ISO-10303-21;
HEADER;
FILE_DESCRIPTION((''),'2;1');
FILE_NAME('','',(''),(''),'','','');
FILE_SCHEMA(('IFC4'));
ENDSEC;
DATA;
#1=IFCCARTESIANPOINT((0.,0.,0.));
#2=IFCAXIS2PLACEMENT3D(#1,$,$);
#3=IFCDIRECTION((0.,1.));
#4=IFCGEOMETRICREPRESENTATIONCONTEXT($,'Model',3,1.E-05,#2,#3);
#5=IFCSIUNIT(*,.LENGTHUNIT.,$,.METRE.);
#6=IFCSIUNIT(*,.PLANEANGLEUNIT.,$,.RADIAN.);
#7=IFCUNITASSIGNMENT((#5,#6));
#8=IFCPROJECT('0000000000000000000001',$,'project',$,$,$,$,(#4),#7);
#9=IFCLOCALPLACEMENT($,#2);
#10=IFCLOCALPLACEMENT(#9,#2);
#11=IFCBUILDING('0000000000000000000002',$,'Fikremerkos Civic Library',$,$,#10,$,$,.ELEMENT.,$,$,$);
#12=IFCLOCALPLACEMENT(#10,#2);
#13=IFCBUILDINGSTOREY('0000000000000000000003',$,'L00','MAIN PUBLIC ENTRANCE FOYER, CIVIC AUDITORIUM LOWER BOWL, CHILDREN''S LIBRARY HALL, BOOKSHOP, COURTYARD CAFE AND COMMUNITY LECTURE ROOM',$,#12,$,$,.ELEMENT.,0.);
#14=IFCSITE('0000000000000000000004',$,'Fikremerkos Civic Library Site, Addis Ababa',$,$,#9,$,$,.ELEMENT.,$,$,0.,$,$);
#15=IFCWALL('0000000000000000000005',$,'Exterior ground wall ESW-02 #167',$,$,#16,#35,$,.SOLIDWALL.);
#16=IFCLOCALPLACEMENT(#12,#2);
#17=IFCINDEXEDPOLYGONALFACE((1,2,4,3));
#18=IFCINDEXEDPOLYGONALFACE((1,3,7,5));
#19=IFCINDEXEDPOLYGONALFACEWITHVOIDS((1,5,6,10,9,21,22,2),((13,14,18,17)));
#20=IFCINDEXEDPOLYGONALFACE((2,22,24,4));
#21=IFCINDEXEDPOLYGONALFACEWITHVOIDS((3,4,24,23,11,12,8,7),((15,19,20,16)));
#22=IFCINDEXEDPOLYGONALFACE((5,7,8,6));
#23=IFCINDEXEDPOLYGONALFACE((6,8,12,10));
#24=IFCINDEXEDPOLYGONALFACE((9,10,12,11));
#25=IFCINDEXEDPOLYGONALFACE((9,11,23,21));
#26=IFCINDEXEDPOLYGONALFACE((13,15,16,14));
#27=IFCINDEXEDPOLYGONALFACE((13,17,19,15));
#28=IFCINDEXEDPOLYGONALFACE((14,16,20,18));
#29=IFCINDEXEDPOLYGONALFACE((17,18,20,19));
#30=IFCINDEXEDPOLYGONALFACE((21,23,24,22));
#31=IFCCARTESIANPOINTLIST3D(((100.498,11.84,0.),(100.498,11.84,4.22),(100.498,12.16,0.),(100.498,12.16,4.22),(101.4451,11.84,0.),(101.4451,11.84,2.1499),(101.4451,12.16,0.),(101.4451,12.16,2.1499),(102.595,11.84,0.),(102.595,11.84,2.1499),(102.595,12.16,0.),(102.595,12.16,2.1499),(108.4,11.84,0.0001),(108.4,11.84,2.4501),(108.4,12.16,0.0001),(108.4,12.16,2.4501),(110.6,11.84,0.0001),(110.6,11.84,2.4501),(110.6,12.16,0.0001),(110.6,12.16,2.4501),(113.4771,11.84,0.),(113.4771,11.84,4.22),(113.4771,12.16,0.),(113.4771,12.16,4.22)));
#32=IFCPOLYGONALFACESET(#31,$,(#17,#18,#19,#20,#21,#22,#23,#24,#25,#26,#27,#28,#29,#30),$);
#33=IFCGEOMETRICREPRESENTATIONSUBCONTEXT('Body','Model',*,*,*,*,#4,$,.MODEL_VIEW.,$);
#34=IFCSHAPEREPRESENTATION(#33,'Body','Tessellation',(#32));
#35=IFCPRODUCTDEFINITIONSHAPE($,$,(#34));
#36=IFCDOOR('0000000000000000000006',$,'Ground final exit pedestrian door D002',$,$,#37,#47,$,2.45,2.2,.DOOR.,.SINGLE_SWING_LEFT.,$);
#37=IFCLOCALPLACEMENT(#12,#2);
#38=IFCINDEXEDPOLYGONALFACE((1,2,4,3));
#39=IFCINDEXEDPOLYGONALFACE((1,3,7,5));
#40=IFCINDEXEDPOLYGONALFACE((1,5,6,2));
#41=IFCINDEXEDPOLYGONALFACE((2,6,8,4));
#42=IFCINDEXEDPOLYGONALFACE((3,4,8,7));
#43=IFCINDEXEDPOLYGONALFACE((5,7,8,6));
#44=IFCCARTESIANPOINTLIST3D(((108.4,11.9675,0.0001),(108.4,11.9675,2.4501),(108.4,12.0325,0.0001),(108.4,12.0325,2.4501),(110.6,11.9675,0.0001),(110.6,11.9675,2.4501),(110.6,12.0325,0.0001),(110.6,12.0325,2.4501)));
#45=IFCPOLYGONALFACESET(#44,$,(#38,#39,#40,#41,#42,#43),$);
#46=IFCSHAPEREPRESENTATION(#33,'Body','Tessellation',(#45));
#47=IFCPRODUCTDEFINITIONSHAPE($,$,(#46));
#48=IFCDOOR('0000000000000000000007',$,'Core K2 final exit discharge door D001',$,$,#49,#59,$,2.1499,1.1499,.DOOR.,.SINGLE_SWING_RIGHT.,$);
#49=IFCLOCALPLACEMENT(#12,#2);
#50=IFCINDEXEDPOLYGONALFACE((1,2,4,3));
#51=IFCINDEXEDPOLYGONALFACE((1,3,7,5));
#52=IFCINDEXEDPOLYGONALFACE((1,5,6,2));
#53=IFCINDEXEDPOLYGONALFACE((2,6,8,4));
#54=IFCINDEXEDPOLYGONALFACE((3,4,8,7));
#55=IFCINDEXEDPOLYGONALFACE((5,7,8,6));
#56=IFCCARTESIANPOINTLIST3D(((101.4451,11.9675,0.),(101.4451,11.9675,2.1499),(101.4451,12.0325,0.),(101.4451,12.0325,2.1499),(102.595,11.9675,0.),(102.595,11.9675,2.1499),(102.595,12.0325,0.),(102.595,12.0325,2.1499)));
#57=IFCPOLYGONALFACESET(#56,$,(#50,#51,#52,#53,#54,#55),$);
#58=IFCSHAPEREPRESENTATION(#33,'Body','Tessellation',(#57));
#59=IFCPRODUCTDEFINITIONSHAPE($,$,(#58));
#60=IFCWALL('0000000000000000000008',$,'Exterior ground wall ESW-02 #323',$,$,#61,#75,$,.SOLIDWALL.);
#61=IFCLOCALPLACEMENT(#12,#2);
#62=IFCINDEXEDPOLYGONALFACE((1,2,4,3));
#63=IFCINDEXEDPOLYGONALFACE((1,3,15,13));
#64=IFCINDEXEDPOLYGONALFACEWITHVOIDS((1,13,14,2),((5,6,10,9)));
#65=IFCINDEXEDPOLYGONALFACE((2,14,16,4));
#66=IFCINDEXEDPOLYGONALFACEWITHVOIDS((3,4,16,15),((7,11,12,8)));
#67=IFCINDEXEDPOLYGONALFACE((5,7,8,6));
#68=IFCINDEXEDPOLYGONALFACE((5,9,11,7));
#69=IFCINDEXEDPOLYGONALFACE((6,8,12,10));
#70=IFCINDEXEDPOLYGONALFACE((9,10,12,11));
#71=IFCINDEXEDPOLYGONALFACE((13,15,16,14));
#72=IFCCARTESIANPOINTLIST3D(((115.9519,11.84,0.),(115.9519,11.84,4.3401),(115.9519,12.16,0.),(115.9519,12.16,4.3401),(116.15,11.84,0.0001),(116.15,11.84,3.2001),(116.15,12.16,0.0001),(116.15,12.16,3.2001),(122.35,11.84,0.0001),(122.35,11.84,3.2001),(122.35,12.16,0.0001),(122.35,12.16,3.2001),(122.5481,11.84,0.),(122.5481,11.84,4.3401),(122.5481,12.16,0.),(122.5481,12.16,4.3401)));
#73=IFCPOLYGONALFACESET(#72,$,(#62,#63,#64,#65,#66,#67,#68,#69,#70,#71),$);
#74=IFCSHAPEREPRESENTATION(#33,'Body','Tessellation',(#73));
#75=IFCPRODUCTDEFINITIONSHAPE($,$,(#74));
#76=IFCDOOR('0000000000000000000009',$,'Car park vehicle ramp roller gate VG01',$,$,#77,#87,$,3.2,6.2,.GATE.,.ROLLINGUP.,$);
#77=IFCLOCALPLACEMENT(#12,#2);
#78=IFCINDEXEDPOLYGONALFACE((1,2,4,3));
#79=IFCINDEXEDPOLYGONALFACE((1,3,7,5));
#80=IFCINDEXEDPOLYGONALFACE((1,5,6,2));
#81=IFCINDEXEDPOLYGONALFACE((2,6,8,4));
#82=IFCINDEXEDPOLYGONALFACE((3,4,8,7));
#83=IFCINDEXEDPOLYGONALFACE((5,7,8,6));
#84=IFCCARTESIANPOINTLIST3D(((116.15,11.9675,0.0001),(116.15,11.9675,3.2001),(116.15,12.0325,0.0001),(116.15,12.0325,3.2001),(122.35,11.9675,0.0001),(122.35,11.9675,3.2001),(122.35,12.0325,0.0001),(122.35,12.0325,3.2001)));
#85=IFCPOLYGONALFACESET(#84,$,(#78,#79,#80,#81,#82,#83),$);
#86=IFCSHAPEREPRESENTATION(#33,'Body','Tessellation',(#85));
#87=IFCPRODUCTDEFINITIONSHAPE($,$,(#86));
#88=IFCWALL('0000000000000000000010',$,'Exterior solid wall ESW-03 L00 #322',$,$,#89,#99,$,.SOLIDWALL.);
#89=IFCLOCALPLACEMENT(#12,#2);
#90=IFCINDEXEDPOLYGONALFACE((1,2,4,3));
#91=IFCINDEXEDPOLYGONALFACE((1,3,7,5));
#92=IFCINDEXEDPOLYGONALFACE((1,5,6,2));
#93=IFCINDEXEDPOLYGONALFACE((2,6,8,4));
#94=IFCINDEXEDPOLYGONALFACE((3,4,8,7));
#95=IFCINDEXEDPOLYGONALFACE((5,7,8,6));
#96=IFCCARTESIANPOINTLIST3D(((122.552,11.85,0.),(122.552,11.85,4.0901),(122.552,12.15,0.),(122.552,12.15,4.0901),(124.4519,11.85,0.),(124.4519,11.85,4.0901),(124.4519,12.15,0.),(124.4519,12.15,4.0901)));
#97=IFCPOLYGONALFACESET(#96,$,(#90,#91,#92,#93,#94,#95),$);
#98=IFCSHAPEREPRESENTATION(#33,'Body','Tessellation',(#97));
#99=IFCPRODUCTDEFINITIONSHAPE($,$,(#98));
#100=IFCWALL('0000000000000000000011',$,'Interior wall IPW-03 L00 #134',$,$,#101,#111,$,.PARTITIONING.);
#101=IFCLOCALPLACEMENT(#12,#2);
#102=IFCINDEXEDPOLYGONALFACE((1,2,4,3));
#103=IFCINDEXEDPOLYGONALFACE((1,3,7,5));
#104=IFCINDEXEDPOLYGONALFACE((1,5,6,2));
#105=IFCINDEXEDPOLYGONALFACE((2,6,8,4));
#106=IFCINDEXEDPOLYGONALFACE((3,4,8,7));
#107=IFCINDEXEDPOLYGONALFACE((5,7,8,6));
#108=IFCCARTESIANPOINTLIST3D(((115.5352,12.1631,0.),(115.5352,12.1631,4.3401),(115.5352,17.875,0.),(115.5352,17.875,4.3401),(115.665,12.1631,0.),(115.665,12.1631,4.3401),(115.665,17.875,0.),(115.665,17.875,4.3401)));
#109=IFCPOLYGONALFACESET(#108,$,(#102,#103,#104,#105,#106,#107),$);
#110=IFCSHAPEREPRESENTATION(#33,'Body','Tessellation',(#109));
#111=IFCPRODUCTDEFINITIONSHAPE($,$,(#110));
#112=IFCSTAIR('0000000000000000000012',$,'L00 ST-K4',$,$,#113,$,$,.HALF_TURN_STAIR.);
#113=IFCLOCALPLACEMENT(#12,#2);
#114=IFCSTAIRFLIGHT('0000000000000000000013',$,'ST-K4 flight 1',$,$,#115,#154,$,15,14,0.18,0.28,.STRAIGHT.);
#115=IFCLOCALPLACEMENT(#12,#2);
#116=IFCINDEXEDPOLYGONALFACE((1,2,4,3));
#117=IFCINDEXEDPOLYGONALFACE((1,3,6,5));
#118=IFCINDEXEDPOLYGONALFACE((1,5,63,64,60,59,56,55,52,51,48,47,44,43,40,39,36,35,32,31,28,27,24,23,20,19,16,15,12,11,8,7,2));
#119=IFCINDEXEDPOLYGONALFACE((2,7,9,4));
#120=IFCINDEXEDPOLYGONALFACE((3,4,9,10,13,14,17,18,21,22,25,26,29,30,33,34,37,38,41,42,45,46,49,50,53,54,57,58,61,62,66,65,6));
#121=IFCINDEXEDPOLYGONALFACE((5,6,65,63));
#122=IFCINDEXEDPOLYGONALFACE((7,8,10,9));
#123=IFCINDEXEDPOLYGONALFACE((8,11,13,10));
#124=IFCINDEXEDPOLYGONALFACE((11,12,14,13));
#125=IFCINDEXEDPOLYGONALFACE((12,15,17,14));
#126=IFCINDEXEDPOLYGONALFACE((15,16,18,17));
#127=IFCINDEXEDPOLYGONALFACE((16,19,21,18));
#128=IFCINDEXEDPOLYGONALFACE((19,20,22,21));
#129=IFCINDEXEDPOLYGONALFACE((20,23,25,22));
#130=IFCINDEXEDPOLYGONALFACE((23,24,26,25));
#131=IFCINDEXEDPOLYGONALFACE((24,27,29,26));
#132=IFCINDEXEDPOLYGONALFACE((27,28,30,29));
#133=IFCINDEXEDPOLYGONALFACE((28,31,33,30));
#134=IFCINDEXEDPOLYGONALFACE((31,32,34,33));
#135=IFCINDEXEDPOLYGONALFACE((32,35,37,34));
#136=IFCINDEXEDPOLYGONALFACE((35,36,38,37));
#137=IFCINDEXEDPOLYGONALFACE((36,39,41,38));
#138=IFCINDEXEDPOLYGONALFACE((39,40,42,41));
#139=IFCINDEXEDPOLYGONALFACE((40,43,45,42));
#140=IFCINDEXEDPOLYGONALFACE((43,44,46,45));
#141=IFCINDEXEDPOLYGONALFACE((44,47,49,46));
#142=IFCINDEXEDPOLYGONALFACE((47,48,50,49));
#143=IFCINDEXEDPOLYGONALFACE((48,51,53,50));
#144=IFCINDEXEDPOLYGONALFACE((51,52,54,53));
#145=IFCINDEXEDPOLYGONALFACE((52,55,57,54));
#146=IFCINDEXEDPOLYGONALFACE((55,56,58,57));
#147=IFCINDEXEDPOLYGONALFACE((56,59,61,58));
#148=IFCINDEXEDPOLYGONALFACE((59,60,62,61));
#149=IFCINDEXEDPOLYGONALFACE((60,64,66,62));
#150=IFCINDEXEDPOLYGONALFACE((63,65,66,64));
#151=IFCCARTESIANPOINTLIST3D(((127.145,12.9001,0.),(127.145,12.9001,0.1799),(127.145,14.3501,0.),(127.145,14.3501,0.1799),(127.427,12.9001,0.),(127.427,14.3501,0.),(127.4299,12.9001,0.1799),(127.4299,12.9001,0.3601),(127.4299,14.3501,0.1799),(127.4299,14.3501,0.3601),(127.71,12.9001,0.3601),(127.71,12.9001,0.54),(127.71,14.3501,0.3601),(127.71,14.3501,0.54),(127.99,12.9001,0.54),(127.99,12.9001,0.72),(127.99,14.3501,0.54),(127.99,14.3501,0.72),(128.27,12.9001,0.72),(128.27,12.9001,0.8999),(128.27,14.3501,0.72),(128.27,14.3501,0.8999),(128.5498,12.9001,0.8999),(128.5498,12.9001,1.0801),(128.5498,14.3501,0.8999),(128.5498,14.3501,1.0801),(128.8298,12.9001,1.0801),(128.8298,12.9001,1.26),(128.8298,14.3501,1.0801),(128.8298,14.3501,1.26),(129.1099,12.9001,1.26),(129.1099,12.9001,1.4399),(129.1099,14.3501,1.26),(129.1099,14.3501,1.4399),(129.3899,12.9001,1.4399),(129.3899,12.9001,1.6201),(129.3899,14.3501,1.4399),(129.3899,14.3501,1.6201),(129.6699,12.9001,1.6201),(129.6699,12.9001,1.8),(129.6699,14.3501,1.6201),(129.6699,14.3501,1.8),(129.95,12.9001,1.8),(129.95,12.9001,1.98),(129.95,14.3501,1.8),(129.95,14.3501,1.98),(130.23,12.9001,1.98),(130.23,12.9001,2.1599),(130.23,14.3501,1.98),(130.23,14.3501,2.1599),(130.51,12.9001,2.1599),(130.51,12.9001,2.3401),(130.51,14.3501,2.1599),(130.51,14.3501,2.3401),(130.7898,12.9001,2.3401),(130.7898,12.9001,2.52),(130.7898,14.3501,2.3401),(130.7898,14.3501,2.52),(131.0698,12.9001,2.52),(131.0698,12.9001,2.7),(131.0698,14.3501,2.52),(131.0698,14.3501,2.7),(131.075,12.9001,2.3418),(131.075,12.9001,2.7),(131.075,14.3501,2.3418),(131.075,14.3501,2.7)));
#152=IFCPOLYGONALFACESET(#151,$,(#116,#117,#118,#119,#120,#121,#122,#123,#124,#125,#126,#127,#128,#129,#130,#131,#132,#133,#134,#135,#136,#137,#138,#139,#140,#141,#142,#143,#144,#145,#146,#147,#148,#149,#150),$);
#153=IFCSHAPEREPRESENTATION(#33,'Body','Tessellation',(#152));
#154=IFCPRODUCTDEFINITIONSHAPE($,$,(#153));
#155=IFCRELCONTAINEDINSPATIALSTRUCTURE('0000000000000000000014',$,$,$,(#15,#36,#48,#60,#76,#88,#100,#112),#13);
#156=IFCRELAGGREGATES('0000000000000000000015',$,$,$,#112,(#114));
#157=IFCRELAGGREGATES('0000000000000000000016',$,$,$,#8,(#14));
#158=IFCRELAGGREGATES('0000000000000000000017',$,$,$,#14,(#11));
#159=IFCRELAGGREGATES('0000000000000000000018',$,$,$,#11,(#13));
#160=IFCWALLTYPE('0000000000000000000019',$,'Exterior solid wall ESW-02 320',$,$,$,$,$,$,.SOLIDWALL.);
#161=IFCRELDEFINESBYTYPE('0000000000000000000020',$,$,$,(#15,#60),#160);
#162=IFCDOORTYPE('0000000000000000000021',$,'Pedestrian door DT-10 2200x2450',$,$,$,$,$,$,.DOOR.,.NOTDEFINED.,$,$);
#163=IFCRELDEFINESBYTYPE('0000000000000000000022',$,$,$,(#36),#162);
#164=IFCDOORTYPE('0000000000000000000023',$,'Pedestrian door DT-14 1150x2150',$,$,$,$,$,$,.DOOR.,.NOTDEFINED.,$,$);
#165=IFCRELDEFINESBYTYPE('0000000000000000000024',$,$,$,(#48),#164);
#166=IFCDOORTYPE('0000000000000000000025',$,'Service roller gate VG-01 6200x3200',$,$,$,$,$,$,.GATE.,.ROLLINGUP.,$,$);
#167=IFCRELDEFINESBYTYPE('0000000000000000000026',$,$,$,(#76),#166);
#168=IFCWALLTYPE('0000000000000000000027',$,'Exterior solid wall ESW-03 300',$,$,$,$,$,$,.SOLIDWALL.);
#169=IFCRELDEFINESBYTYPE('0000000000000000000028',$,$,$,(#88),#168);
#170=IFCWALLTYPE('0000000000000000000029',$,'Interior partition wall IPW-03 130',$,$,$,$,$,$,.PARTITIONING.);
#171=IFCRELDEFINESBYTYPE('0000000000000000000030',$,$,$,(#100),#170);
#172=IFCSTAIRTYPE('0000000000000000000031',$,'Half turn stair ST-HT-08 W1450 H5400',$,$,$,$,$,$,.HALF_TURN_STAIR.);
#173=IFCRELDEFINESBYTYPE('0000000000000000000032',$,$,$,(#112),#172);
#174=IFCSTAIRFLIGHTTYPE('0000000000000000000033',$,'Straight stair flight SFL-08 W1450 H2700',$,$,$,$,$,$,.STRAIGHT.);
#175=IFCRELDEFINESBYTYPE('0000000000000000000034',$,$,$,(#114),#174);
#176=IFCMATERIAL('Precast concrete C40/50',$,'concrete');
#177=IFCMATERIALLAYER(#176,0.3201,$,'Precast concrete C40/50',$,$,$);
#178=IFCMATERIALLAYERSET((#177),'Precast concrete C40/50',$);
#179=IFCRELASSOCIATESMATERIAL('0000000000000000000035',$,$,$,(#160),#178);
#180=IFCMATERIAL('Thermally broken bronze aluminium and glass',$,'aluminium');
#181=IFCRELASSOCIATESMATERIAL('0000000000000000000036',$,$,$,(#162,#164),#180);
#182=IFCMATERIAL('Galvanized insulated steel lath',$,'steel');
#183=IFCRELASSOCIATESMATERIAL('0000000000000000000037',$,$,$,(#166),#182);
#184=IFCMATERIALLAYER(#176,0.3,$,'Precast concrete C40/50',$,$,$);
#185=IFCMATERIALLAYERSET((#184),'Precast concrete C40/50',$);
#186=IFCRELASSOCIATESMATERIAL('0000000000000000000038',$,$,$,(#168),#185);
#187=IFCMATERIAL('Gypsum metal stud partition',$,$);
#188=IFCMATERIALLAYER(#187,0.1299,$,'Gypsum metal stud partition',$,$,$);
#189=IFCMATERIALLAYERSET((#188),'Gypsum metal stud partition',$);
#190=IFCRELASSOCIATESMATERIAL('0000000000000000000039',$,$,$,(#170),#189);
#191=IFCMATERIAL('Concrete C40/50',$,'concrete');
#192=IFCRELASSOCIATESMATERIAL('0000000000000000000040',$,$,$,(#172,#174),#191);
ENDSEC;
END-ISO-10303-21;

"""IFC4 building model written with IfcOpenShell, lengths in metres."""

from ifc_helpers import new_model, si_unit, direction, frame, frame_2d, origin, place, context, subcontext, project, spatial, polyline, rectangle, outline, extrude, material, layer, layer_set, type_object, element, fill, aggregate, save


model = new_model("IFC4")

# Units and contexts
model_context = context("Model", 3, precision=1e-05, world=origin(), true_north=direction((0.0, 1.0)))
body_context = subcontext(model_context, "Body", "Model", "MODEL_VIEW")
ifc_project = project(units=[si_unit("LENGTHUNIT", "METRE"), si_unit("PLANEANGLEUNIT", "RADIAN")], contexts=[model_context])

# Site, building, storey
site_placement = place(None, origin())
site = spatial("IfcSite", under=ifc_project, at=site_placement, Name="Fikremerkos Civic Library Site, Addis Ababa", CompositionType="ELEMENT", RefElevation=0.0)
building_placement = place(site_placement, origin())
building = spatial("IfcBuilding", under=site, at=building_placement, Name="Fikremerkos Civic Library", CompositionType="ELEMENT")
storey_placement = place(building_placement, origin())
storey = spatial("IfcBuildingStorey", under=building, at=storey_placement, Name="L00", Description="MAIN PUBLIC ENTRANCE FOYER, CIVIC AUDITORIUM LOWER BOWL, CHILDREN'S LIBRARY HALL, BOOKSHOP, COURTYARD CAFE AND COMMUNITY LECTURE ROOM", CompositionType="ELEMENT", Elevation=0.0)

# Shared definitions
ifc_material_1 = material(Name="Concrete C40/50", Category="concrete")

# Shared definitions
ifc_material_2 = material(Name="Precast concrete C40/50", Category="concrete")
ifc_layer_1 = layer(ifc_material_2, 0.3201, Name="Precast concrete C40/50")
ifc_layer_set_1 = layer_set([ifc_layer_1], Name="Precast concrete C40/50")
wall_type_1 = type_object("IfcWallType", Name="Exterior solid wall ESW-02 320", PredefinedType="SOLIDWALL", material=ifc_layer_set_1)

# Wall, openings, doors
wall_1_placement = place(storey_placement, frame((113.4771, 12.0, 0.0), z_axis=(0.0, 0.0, 1.0), x_axis=(-1.0, 0.0, 0.0)))
wall_1 = element("IfcWall", 1, at=wall_1_placement, inside=storey, type_object=wall_type_1, Name="Exterior ground wall ESW-02 #167", PredefinedType="SOLIDWALL", context=body_context, shape_type="SweptSolid", body=[
    extrude(rectangle(XDim=12.979, YDim=0.3201, at=frame_2d((6.4895, 0.0))), origin(), (0.0, 0.0, 1.0), 4.22),
])
opening_1_placement = place(wall_1_placement, frame((10.8821, 0.0, 0.0)))
opening_1 = element("IfcOpeningElement", 2, at=opening_1_placement, cuts=wall_1, PredefinedType="OPENING", context=body_context, shape_type="SweptSolid", body=[
    extrude(rectangle(XDim=1.1499, YDim=2.1499, at=frame_2d((0.575, 1.075))), frame((0.0, 0.1699, 0.0), z_axis=(0.0, -1.0, 0.0), x_axis=(1.0, 0.0, 0.0)), (0.0, 0.0, 1.0), 0.3401),
])
opening_2_placement = place(wall_1_placement, frame((2.877, 0.0, 0.0)))
opening_2 = element("IfcOpeningElement", 3, at=opening_2_placement, cuts=wall_1, PredefinedType="OPENING", context=body_context, shape_type="SweptSolid", body=[
    extrude(rectangle(XDim=2.2, YDim=2.45, at=frame_2d((1.1001, 1.2251))), frame((0.0, 0.1699, 0.0), z_axis=(0.0, -1.0, 0.0), x_axis=(1.0, 0.0, 0.0)), (0.0, 0.0, 1.0), 0.3401),
])
ifc_material_3 = material(Name="Thermally broken bronze aluminium and glass", Category="aluminium")
door_type_1 = type_object("IfcDoorType", Name="Pedestrian door DT-10 2200x2450", OperationType="NOTDEFINED", PredefinedType="DOOR", material=ifc_material_3)
door_1_placement = place(opening_2_placement, origin())
door_1 = element("IfcDoor", 4, at=door_1_placement, inside=storey, type_object=door_type_1, Name="Ground final exit pedestrian door D002", OperationType="SINGLE_SWING_LEFT", OverallHeight=2.45, OverallWidth=2.2, PredefinedType="DOOR", context=body_context, shape_type="SweptSolid", body=[
    extrude(rectangle(XDim=2.2, YDim=2.45, at=frame_2d((1.1001, 1.2251))), frame((0.0, 0.0325, 0.0), z_axis=(0.0, -1.0, 0.0), x_axis=(1.0, 0.0, 0.0)), (0.0, 0.0, 1.0), 0.0649),
])
fill(opening_2, door_1)
door_type_2 = type_object("IfcDoorType", Name="Pedestrian door DT-14 1150x2150", OperationType="NOTDEFINED", PredefinedType="DOOR", material=ifc_material_3)
door_2_placement = place(opening_1_placement, origin())
door_2 = element("IfcDoor", 5, at=door_2_placement, inside=storey, type_object=door_type_2, Name="Core K2 final exit discharge door D001", OperationType="SINGLE_SWING_RIGHT", OverallHeight=2.1499, OverallWidth=1.1499, PredefinedType="DOOR", context=body_context, shape_type="SweptSolid", body=[
    extrude(rectangle(XDim=1.1499, YDim=2.1499, at=frame_2d((0.575, 1.075))), frame((0.0, 0.0325, 0.0), z_axis=(0.0, -1.0, 0.0), x_axis=(1.0, 0.0, 0.0)), (0.0, 0.0, 1.0), 0.0649),
])
fill(opening_1, door_2)

# Wall, opening, door
wall_2_placement = place(storey_placement, frame((122.5481, 12.0, 0.0), z_axis=(0.0, 0.0, 1.0), x_axis=(-1.0, 0.0, 0.0)))
wall_2 = element("IfcWall", 6, at=wall_2_placement, inside=storey, type_object=wall_type_1, Name="Exterior ground wall ESW-02 #323", PredefinedType="SOLIDWALL", context=body_context, shape_type="SweptSolid", body=[
    extrude(rectangle(XDim=6.5962, YDim=0.3201, at=frame_2d((3.2981, 0.0))), origin(), (0.0, 0.0, 1.0), 4.3401),
])
opening_3_placement = place(wall_2_placement, frame((0.198, 0.0, 0.0)))
opening_3 = element("IfcOpeningElement", 7, at=opening_3_placement, cuts=wall_2, PredefinedType="OPENING", context=body_context, shape_type="SweptSolid", body=[
    extrude(rectangle(XDim=6.2, YDim=3.2, at=frame_2d((3.1001, 1.6001))), frame((0.0, 0.1699, 0.0), z_axis=(0.0, -1.0, 0.0), x_axis=(1.0, 0.0, 0.0)), (0.0, 0.0, 1.0), 0.3401),
])
ifc_material_4 = material(Name="Galvanized insulated steel lath", Category="steel")
door_type_3 = type_object("IfcDoorType", Name="Service roller gate VG-01 6200x3200", OperationType="ROLLINGUP", PredefinedType="GATE", material=ifc_material_4)
door_3_placement = place(opening_3_placement, origin())
door_3 = element("IfcDoor", 8, at=door_3_placement, inside=storey, type_object=door_type_3, Name="Car park vehicle ramp roller gate VG01", OperationType="ROLLINGUP", OverallHeight=3.2, OverallWidth=6.2, PredefinedType="GATE", context=body_context, shape_type="SweptSolid", body=[
    extrude(rectangle(XDim=6.2, YDim=3.2, at=frame_2d((3.1001, 1.6001))), frame((0.0, 0.0325, 0.0), z_axis=(0.0, -1.0, 0.0), x_axis=(1.0, 0.0, 0.0)), (0.0, 0.0, 1.0), 0.0649),
])
fill(opening_3, door_3)

# Walls
ifc_layer_2 = layer(ifc_material_2, 0.3, Name="Precast concrete C40/50")
ifc_layer_set_2 = layer_set([ifc_layer_2], Name="Precast concrete C40/50")
wall_type_2 = type_object("IfcWallType", Name="Exterior solid wall ESW-03 300", PredefinedType="SOLIDWALL", material=ifc_layer_set_2)
wall_3_placement = place(storey_placement, frame((124.4519, 12.0, 0.0), z_axis=(0.0, 0.0, 1.0), x_axis=(-1.0, 0.0, 0.0)))
element("IfcWall", 9, at=wall_3_placement, inside=storey, type_object=wall_type_2, Name="Exterior solid wall ESW-03 L00 #322", PredefinedType="SOLIDWALL", context=body_context, shape_type="SweptSolid", body=[
    extrude(rectangle(XDim=1.8999, YDim=0.3, at=frame_2d((0.95, 0.0))), origin(), (0.0, 0.0, 1.0), 4.0901),
])
ifc_material_5 = material(Name="Gypsum metal stud partition")
ifc_layer_3 = layer(ifc_material_5, 0.1299, Name="Gypsum metal stud partition")
ifc_layer_set_3 = layer_set([ifc_layer_3], Name="Gypsum metal stud partition")
wall_type_3 = type_object("IfcWallType", Name="Interior partition wall IPW-03 130", PredefinedType="PARTITIONING", material=ifc_layer_set_3)
wall_4_placement = place(storey_placement, frame((115.6001, 12.1631, 0.0), z_axis=(0.0, 0.0, 1.0), x_axis=(0.0, 1.0, 0.0)))
element("IfcWall", 10, at=wall_4_placement, inside=storey, type_object=wall_type_3, Name="Interior wall IPW-03 L00 #134", PredefinedType="PARTITIONING", context=body_context, shape_type="SweptSolid", body=[
    extrude(rectangle(XDim=5.7119, YDim=0.1299, at=frame_2d((2.856, 0.0))), origin(), (0.0, 0.0, 1.0), 4.3401),
])

# Stair, stair flight
stair_type = type_object("IfcStairType", Name="Half turn stair ST-HT-08 W1450 H5400", PredefinedType="HALF_TURN_STAIR", material=ifc_material_1)
stair_placement = place(storey_placement, origin())
stair = element("IfcStair", 11, at=stair_placement, inside=storey, type_object=stair_type, Name="L00 ST-K4", PredefinedType="HALF_TURN_STAIR")
stair_flight_type = type_object("IfcStairFlightType", Name="Straight stair flight SFL-08 W1450 H2700", PredefinedType="STRAIGHT", material=ifc_material_1)
stair_flight_placement = place(storey_placement, frame((127.1499, 13.625, 0.0), z_axis=(0.0, 0.0, 1.0), x_axis=(1.0, 0.0, 0.0)))
stair_flight = element("IfcStairFlight", 12, at=stair_flight_placement, type_object=stair_flight_type, Name="ST-K4 flight 1", NumberOfRisers=15, NumberOfTreads=14, PredefinedType="STRAIGHT", RiserHeight=0.18, TreadLength=0.28, context=body_context, shape_type="SweptSolid", body=[
    extrude(outline(polyline([(-0.0049, 0.0), (-0.0049, 0.1799), (0.28, 0.1799), (0.28, 0.3601), (0.5601, 0.3601), (0.5601, 0.54), (0.8401, 0.54), (0.8401, 0.72), (1.1201, 0.72), (1.1201, 0.8999), (1.3999, 0.8999), (1.3999, 1.0801), (1.6799, 1.0801), (1.6799, 1.26), (1.96, 1.26), (1.96, 1.4399), (2.24, 1.4399), (2.24, 1.6201), (2.52, 1.6201), (2.52, 1.8), (2.8, 1.8), (2.8, 1.98), (3.0801, 1.98), (3.0801, 2.1599), (3.3601, 2.1599), (3.3601, 2.3401), (3.6399, 2.3401), (3.6399, 2.52), (3.9199, 2.52), (3.9199, 2.7), (3.925, 2.7), (3.925, 2.3418), (0.2771, 0.0), (-0.0049, 0.0)])), frame((0.0, 0.7251, 0.0), z_axis=(0.0, -1.0, 0.0), x_axis=(1.0, 0.0, 0.0)), (0.0, 0.0, 1.0), 1.45),
])
aggregate(stair, [stair_flight])

save(model, "model.ifc")
